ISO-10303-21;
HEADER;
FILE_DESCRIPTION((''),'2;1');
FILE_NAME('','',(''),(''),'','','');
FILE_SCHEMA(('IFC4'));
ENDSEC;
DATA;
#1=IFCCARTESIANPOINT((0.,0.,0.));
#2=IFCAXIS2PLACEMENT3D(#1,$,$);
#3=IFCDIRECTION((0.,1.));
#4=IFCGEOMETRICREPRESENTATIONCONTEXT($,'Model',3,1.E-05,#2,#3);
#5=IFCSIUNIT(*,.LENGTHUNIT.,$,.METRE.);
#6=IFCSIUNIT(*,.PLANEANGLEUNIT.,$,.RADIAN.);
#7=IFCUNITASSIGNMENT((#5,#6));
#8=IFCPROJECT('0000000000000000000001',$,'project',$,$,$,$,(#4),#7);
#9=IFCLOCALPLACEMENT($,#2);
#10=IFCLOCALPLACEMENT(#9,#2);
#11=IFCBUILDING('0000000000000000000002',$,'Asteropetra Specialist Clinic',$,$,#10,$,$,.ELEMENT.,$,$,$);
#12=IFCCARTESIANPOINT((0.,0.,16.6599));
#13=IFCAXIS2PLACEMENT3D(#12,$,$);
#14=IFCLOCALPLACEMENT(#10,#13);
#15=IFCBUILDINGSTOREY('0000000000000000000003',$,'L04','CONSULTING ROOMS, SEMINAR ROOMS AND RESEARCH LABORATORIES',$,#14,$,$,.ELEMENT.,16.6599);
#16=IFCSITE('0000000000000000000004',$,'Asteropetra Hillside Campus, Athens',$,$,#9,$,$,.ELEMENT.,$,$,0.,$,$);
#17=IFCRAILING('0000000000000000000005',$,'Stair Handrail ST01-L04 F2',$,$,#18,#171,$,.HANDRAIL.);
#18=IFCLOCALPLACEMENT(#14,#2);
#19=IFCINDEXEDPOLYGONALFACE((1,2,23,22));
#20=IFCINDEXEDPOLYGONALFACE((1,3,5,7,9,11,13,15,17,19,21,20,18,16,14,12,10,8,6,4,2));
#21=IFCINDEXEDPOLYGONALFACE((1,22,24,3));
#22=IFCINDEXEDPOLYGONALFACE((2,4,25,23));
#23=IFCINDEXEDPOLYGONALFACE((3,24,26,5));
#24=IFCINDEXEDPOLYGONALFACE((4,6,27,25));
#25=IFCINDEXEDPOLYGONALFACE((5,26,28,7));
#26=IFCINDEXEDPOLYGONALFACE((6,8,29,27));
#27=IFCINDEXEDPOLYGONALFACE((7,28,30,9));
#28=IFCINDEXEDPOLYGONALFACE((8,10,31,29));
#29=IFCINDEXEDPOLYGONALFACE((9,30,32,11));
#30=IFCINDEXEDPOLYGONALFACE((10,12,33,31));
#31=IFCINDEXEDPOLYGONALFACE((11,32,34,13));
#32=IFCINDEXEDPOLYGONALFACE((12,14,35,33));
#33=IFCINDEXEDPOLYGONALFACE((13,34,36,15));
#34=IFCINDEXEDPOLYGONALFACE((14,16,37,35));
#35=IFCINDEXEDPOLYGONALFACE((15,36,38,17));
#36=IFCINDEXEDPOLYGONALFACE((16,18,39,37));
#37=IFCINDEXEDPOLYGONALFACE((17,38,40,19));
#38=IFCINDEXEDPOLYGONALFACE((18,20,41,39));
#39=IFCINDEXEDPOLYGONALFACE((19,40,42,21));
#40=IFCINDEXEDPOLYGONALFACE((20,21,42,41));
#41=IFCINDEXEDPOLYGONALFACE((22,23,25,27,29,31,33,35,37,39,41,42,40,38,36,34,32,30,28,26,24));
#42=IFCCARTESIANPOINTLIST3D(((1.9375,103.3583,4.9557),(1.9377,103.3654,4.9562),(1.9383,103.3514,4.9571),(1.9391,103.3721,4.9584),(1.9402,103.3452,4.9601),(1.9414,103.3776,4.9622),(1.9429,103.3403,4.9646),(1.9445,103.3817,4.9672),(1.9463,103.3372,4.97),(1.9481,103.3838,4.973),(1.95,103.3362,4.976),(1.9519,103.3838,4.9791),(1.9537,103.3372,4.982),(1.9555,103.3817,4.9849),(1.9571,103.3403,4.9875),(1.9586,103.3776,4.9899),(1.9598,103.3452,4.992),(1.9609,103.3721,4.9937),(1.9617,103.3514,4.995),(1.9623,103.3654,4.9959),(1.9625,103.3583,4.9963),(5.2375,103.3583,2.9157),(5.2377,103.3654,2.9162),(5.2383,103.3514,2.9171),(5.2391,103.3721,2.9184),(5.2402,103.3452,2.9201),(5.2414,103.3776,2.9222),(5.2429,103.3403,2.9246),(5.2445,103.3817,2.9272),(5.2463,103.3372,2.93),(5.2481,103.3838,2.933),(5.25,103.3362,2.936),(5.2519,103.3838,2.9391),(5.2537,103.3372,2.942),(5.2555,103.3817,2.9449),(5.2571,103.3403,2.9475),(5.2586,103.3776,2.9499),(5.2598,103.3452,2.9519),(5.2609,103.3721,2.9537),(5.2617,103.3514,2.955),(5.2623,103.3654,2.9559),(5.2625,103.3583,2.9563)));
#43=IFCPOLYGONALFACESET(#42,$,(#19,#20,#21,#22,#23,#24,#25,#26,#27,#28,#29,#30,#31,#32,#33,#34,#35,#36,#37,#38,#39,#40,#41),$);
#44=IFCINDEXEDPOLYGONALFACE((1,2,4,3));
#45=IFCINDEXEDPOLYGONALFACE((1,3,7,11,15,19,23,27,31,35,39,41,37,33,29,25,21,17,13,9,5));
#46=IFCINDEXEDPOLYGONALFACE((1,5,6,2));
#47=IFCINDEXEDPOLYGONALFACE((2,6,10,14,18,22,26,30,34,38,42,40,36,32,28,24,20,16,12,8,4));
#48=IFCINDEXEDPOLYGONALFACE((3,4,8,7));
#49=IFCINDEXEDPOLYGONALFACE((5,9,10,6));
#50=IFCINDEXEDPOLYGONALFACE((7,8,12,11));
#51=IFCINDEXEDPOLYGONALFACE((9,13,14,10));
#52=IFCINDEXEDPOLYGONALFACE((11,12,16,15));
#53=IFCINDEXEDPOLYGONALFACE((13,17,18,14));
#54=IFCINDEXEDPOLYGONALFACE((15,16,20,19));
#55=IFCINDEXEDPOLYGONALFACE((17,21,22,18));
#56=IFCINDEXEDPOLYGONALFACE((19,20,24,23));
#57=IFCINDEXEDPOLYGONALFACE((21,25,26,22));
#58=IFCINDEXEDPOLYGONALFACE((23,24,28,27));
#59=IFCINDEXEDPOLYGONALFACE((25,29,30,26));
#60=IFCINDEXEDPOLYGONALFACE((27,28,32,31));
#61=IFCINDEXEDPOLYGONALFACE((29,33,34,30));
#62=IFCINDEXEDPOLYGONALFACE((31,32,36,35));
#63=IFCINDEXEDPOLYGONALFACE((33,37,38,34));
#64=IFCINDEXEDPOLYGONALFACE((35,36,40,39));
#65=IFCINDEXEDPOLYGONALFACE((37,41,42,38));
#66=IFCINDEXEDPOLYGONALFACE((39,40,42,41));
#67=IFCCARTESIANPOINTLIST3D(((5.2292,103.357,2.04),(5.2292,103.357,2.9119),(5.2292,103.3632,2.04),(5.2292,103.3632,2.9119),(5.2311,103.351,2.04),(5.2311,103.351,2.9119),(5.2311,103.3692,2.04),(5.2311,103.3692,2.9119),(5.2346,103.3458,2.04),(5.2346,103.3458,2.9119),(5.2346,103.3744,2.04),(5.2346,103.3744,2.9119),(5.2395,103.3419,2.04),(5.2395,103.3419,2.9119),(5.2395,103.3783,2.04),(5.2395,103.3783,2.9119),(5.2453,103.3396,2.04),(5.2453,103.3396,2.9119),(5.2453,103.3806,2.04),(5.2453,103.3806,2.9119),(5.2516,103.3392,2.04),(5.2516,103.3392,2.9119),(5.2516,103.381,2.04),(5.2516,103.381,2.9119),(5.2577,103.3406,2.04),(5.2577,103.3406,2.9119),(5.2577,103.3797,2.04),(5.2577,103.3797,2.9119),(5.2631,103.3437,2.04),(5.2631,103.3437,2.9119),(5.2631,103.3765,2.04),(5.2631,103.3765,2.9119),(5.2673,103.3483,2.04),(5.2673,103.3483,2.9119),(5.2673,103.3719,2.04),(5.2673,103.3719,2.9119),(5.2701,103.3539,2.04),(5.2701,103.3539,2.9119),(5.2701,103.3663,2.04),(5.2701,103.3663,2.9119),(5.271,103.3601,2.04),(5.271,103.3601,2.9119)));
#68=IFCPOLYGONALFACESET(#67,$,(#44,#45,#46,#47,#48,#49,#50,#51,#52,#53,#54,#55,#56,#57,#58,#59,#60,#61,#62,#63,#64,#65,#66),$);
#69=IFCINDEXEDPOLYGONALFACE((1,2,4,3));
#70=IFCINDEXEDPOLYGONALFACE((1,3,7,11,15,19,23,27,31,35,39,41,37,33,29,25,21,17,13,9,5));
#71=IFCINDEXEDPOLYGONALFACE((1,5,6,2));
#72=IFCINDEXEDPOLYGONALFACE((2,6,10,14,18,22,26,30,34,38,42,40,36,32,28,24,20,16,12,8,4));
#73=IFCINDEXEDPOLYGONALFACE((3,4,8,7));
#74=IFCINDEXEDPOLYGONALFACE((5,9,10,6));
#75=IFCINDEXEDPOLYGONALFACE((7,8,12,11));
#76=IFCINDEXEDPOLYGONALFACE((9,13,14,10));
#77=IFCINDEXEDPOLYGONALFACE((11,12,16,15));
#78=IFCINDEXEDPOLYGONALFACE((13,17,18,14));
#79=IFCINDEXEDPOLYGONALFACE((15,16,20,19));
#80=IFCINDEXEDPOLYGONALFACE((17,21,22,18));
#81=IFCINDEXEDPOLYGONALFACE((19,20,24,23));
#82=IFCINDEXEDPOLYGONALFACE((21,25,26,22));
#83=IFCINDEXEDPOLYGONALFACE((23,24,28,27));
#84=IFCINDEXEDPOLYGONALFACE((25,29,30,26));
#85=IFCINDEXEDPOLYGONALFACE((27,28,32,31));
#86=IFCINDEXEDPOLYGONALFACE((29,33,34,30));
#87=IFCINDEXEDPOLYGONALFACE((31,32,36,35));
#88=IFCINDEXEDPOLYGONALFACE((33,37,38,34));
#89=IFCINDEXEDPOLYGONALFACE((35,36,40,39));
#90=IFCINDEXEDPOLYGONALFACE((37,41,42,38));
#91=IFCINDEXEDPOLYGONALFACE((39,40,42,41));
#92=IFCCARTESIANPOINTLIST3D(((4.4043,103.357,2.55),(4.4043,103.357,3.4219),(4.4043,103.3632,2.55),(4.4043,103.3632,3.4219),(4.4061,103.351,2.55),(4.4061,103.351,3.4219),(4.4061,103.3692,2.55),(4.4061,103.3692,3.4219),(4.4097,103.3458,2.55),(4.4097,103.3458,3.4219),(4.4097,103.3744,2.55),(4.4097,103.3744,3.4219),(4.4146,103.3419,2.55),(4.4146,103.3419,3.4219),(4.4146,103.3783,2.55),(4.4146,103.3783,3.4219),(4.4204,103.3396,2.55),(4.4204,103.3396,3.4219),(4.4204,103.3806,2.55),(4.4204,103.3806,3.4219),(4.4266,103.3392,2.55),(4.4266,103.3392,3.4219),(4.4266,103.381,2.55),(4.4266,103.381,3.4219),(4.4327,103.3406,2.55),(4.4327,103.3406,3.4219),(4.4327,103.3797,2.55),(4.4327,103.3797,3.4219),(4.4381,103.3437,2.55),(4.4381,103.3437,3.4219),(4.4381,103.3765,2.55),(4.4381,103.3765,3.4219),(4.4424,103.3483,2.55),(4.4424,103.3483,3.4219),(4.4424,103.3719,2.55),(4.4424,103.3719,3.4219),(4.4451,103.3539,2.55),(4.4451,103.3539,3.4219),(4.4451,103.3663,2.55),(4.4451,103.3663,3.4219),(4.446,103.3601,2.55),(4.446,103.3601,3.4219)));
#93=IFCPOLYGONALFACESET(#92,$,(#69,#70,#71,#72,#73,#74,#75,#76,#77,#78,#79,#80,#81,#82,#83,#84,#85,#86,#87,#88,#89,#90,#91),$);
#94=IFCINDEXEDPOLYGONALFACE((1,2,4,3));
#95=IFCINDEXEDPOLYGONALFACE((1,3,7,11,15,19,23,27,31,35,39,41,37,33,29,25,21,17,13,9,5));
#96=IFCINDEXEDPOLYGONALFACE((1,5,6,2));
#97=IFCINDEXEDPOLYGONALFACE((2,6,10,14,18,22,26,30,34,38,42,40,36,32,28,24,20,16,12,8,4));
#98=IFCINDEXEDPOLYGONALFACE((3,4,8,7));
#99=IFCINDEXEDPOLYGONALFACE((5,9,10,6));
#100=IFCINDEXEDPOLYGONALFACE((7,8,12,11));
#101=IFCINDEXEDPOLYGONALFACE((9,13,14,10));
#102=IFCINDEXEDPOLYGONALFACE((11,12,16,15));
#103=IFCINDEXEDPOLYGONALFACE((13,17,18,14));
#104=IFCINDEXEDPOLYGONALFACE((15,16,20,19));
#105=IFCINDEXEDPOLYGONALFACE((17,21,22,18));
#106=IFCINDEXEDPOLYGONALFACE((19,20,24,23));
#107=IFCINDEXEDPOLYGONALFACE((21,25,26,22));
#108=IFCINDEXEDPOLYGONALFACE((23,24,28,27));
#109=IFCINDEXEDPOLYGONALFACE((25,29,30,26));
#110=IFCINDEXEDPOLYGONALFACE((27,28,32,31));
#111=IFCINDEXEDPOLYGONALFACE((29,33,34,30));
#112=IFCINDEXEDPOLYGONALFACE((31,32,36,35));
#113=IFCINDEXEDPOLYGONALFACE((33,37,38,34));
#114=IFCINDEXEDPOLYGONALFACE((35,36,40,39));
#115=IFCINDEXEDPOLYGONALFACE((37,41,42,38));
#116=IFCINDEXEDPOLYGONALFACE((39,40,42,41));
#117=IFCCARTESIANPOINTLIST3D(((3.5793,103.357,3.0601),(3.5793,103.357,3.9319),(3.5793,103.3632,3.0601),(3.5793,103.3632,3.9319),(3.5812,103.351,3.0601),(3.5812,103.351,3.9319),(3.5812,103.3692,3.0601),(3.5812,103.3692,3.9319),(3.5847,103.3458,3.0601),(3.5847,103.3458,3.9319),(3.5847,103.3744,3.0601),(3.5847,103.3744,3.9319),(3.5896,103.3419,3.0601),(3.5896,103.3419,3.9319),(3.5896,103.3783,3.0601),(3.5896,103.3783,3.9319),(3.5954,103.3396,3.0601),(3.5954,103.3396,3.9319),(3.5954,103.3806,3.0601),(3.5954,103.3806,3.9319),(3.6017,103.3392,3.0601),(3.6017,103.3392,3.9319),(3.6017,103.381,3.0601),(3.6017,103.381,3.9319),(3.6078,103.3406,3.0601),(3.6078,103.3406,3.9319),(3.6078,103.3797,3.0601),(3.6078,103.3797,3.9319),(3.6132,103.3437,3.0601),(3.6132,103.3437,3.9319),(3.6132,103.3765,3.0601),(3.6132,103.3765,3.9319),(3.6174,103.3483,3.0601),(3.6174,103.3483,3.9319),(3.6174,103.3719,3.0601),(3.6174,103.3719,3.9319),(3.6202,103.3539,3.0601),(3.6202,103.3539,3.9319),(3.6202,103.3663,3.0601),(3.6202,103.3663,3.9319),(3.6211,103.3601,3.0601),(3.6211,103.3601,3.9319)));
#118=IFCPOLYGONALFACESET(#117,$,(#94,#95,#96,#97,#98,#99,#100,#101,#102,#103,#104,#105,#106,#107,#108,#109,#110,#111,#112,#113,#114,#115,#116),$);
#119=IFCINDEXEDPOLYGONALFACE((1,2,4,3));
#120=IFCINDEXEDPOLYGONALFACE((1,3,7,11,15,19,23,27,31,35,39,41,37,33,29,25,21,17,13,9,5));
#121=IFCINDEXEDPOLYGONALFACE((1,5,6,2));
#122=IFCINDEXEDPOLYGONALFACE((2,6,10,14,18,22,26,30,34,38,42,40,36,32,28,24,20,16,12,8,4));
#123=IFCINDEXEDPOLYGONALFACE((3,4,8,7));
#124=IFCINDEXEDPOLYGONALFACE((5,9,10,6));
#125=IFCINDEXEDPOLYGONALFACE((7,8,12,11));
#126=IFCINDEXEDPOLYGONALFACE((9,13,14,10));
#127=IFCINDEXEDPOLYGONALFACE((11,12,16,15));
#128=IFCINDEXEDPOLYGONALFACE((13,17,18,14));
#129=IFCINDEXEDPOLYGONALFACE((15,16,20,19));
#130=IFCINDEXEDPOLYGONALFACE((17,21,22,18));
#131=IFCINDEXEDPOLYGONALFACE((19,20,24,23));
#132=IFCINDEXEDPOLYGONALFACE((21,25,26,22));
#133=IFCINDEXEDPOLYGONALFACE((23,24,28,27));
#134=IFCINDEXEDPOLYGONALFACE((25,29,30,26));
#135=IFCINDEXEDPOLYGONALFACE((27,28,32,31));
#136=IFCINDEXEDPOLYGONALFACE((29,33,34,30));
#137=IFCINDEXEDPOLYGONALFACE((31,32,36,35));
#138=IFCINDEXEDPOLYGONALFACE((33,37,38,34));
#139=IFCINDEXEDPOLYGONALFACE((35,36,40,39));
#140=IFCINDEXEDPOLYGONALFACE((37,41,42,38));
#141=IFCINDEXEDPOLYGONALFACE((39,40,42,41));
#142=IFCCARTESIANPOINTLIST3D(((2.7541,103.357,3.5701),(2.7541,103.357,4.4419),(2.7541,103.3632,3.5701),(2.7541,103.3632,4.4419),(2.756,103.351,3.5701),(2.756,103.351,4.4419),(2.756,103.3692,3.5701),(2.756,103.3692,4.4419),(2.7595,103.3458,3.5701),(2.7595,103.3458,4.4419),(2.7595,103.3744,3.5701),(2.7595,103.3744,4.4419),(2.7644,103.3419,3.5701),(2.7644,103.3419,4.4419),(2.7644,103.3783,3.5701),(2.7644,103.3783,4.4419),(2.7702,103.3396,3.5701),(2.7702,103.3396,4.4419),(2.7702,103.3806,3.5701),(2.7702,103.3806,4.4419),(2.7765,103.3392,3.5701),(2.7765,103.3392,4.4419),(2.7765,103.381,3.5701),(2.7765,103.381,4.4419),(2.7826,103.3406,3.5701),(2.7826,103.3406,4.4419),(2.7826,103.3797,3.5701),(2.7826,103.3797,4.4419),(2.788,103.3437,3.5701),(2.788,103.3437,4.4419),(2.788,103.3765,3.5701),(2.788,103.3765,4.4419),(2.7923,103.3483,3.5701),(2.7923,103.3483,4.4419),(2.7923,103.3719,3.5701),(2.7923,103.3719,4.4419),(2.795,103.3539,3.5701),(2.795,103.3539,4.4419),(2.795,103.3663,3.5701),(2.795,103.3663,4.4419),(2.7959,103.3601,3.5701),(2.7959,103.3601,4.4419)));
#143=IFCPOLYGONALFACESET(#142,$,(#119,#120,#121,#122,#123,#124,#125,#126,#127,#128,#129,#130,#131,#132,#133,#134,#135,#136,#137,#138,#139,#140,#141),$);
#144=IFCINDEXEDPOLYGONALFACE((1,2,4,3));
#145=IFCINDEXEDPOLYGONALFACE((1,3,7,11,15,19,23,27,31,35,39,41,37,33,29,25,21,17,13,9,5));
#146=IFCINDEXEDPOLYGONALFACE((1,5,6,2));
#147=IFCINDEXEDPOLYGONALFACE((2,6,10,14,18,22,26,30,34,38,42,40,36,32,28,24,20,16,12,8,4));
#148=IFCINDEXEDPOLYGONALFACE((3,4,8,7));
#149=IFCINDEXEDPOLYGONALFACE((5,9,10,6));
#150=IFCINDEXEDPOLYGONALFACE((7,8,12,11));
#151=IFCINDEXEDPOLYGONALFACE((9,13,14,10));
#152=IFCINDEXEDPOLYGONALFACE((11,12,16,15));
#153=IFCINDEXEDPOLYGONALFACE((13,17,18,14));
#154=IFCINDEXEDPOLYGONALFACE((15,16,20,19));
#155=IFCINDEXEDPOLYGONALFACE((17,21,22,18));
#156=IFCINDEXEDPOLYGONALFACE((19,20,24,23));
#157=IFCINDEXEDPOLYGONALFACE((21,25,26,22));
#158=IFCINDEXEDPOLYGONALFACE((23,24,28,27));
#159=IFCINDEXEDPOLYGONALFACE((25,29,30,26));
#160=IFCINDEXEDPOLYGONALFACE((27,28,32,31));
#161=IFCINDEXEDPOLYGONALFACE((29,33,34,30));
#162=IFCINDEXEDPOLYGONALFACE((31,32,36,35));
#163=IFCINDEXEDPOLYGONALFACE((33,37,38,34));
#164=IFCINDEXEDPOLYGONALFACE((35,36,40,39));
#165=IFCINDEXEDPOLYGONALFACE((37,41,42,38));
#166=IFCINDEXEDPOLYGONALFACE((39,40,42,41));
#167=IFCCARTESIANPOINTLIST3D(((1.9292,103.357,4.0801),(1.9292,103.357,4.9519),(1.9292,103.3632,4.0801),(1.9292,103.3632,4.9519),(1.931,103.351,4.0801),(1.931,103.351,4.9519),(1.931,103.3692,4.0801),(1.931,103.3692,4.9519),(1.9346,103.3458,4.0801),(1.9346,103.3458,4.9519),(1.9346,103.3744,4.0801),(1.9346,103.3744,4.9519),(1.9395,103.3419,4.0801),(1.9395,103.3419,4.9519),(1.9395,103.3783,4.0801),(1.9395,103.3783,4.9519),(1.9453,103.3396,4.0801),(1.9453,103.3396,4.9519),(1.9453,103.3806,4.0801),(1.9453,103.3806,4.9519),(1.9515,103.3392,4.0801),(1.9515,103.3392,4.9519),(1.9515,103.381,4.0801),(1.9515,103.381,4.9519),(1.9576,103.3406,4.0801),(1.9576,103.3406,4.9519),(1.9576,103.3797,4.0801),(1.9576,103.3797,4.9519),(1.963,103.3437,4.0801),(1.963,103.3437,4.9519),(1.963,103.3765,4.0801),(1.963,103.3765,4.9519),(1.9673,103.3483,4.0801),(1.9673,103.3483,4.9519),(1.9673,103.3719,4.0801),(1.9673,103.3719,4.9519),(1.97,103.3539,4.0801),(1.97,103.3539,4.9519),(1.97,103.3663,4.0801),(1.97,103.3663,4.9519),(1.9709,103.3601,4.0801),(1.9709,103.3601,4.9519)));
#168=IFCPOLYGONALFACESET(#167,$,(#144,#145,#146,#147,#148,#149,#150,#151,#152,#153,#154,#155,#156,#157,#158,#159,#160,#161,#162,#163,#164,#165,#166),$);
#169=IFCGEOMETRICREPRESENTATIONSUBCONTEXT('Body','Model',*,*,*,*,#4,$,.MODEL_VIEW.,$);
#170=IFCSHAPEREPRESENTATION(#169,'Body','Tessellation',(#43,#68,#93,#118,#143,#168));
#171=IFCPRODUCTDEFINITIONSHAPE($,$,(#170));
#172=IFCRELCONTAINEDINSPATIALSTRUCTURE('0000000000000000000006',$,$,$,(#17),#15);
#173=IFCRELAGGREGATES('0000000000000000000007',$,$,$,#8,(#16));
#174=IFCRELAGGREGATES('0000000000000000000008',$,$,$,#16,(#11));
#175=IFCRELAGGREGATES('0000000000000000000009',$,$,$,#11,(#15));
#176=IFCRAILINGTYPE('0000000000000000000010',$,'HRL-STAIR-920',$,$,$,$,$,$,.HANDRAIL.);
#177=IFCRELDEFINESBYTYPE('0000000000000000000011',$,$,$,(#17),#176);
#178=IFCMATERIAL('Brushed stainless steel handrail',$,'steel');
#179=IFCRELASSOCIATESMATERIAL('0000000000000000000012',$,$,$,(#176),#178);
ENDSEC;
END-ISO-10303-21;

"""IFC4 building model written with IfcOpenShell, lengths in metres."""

from ifc_helpers import new_model, si_unit, direction, frame, origin, origin_2d, place, context, subcontext, project, spatial, circle, extrude, material, type_object, element, save


model = new_model("IFC4")

# Units and contexts
model_context = context("Model", 3, precision=1e-05, world=origin(), true_north=direction((0.0, 1.0)))
body_context = subcontext(model_context, "Body", "Model", "MODEL_VIEW")
ifc_project = project(units=[si_unit("LENGTHUNIT", "METRE"), si_unit("PLANEANGLEUNIT", "RADIAN")], contexts=[model_context])

# Site, building, storey
site_placement = place(None, origin())
site = spatial("IfcSite", under=ifc_project, at=site_placement, Name="Asteropetra Hillside Campus, Athens", CompositionType="ELEMENT", RefElevation=0.0)
building_placement = place(site_placement, origin())
building = spatial("IfcBuilding", under=site, at=building_placement, Name="Asteropetra Specialist Clinic", CompositionType="ELEMENT")
storey_placement = place(building_placement, frame((0.0, 0.0, 16.6599)))
storey = spatial("IfcBuildingStorey", under=building, at=storey_placement, Name="L04", Description="CONSULTING ROOMS, SEMINAR ROOMS AND RESEARCH LABORATORIES", CompositionType="ELEMENT", Elevation=16.6599)

# Railing
ifc_material_1 = material(Name="Brushed stainless steel handrail", Category="steel")
railing_type_1 = type_object("IfcRailingType", Name="HRL-STAIR-920", PredefinedType="HANDRAIL", material=ifc_material_1)
railing_1_placement = place(storey_placement, frame((5.25, 103.3601, 2.04)))
element("IfcRailing", 1, at=railing_1_placement, inside=storey, type_object=railing_type_1, Name="Stair Handrail ST01-L04 F2", PredefinedType="HANDRAIL", context=body_context, shape_type="SweptSolid", body=[
    extrude(circle(Radius=0.0239, at=origin_2d()), frame((0.0, 0.0, 0.896), z_axis=(-0.850594, 0.0, 0.525824), x_axis=(0.0, -1.0, 0.0)), (0.0, 0.0, 1.0), 3.8796),
    extrude(circle(Radius=0.021, at=origin_2d()), origin(), (0.0, 0.0, 1.0), 0.8718),
    extrude(circle(Radius=0.021, at=origin_2d()), frame((-0.825, 0.0, 0.51)), (0.0, 0.0, 1.0), 0.8718),
    extrude(circle(Radius=0.021, at=origin_2d()), frame((-1.6499, 0.0, 1.02)), (0.0, 0.0, 1.0), 0.8718),
    extrude(circle(Radius=0.021, at=origin_2d()), frame((-2.4751, 0.0, 1.53)), (0.0, 0.0, 1.0), 0.8718),
    extrude(circle(Radius=0.021, at=origin_2d()), frame((-3.3, 0.0, 2.04)), (0.0, 0.0, 1.0), 0.8718),
])

save(model, "model.ifc")
